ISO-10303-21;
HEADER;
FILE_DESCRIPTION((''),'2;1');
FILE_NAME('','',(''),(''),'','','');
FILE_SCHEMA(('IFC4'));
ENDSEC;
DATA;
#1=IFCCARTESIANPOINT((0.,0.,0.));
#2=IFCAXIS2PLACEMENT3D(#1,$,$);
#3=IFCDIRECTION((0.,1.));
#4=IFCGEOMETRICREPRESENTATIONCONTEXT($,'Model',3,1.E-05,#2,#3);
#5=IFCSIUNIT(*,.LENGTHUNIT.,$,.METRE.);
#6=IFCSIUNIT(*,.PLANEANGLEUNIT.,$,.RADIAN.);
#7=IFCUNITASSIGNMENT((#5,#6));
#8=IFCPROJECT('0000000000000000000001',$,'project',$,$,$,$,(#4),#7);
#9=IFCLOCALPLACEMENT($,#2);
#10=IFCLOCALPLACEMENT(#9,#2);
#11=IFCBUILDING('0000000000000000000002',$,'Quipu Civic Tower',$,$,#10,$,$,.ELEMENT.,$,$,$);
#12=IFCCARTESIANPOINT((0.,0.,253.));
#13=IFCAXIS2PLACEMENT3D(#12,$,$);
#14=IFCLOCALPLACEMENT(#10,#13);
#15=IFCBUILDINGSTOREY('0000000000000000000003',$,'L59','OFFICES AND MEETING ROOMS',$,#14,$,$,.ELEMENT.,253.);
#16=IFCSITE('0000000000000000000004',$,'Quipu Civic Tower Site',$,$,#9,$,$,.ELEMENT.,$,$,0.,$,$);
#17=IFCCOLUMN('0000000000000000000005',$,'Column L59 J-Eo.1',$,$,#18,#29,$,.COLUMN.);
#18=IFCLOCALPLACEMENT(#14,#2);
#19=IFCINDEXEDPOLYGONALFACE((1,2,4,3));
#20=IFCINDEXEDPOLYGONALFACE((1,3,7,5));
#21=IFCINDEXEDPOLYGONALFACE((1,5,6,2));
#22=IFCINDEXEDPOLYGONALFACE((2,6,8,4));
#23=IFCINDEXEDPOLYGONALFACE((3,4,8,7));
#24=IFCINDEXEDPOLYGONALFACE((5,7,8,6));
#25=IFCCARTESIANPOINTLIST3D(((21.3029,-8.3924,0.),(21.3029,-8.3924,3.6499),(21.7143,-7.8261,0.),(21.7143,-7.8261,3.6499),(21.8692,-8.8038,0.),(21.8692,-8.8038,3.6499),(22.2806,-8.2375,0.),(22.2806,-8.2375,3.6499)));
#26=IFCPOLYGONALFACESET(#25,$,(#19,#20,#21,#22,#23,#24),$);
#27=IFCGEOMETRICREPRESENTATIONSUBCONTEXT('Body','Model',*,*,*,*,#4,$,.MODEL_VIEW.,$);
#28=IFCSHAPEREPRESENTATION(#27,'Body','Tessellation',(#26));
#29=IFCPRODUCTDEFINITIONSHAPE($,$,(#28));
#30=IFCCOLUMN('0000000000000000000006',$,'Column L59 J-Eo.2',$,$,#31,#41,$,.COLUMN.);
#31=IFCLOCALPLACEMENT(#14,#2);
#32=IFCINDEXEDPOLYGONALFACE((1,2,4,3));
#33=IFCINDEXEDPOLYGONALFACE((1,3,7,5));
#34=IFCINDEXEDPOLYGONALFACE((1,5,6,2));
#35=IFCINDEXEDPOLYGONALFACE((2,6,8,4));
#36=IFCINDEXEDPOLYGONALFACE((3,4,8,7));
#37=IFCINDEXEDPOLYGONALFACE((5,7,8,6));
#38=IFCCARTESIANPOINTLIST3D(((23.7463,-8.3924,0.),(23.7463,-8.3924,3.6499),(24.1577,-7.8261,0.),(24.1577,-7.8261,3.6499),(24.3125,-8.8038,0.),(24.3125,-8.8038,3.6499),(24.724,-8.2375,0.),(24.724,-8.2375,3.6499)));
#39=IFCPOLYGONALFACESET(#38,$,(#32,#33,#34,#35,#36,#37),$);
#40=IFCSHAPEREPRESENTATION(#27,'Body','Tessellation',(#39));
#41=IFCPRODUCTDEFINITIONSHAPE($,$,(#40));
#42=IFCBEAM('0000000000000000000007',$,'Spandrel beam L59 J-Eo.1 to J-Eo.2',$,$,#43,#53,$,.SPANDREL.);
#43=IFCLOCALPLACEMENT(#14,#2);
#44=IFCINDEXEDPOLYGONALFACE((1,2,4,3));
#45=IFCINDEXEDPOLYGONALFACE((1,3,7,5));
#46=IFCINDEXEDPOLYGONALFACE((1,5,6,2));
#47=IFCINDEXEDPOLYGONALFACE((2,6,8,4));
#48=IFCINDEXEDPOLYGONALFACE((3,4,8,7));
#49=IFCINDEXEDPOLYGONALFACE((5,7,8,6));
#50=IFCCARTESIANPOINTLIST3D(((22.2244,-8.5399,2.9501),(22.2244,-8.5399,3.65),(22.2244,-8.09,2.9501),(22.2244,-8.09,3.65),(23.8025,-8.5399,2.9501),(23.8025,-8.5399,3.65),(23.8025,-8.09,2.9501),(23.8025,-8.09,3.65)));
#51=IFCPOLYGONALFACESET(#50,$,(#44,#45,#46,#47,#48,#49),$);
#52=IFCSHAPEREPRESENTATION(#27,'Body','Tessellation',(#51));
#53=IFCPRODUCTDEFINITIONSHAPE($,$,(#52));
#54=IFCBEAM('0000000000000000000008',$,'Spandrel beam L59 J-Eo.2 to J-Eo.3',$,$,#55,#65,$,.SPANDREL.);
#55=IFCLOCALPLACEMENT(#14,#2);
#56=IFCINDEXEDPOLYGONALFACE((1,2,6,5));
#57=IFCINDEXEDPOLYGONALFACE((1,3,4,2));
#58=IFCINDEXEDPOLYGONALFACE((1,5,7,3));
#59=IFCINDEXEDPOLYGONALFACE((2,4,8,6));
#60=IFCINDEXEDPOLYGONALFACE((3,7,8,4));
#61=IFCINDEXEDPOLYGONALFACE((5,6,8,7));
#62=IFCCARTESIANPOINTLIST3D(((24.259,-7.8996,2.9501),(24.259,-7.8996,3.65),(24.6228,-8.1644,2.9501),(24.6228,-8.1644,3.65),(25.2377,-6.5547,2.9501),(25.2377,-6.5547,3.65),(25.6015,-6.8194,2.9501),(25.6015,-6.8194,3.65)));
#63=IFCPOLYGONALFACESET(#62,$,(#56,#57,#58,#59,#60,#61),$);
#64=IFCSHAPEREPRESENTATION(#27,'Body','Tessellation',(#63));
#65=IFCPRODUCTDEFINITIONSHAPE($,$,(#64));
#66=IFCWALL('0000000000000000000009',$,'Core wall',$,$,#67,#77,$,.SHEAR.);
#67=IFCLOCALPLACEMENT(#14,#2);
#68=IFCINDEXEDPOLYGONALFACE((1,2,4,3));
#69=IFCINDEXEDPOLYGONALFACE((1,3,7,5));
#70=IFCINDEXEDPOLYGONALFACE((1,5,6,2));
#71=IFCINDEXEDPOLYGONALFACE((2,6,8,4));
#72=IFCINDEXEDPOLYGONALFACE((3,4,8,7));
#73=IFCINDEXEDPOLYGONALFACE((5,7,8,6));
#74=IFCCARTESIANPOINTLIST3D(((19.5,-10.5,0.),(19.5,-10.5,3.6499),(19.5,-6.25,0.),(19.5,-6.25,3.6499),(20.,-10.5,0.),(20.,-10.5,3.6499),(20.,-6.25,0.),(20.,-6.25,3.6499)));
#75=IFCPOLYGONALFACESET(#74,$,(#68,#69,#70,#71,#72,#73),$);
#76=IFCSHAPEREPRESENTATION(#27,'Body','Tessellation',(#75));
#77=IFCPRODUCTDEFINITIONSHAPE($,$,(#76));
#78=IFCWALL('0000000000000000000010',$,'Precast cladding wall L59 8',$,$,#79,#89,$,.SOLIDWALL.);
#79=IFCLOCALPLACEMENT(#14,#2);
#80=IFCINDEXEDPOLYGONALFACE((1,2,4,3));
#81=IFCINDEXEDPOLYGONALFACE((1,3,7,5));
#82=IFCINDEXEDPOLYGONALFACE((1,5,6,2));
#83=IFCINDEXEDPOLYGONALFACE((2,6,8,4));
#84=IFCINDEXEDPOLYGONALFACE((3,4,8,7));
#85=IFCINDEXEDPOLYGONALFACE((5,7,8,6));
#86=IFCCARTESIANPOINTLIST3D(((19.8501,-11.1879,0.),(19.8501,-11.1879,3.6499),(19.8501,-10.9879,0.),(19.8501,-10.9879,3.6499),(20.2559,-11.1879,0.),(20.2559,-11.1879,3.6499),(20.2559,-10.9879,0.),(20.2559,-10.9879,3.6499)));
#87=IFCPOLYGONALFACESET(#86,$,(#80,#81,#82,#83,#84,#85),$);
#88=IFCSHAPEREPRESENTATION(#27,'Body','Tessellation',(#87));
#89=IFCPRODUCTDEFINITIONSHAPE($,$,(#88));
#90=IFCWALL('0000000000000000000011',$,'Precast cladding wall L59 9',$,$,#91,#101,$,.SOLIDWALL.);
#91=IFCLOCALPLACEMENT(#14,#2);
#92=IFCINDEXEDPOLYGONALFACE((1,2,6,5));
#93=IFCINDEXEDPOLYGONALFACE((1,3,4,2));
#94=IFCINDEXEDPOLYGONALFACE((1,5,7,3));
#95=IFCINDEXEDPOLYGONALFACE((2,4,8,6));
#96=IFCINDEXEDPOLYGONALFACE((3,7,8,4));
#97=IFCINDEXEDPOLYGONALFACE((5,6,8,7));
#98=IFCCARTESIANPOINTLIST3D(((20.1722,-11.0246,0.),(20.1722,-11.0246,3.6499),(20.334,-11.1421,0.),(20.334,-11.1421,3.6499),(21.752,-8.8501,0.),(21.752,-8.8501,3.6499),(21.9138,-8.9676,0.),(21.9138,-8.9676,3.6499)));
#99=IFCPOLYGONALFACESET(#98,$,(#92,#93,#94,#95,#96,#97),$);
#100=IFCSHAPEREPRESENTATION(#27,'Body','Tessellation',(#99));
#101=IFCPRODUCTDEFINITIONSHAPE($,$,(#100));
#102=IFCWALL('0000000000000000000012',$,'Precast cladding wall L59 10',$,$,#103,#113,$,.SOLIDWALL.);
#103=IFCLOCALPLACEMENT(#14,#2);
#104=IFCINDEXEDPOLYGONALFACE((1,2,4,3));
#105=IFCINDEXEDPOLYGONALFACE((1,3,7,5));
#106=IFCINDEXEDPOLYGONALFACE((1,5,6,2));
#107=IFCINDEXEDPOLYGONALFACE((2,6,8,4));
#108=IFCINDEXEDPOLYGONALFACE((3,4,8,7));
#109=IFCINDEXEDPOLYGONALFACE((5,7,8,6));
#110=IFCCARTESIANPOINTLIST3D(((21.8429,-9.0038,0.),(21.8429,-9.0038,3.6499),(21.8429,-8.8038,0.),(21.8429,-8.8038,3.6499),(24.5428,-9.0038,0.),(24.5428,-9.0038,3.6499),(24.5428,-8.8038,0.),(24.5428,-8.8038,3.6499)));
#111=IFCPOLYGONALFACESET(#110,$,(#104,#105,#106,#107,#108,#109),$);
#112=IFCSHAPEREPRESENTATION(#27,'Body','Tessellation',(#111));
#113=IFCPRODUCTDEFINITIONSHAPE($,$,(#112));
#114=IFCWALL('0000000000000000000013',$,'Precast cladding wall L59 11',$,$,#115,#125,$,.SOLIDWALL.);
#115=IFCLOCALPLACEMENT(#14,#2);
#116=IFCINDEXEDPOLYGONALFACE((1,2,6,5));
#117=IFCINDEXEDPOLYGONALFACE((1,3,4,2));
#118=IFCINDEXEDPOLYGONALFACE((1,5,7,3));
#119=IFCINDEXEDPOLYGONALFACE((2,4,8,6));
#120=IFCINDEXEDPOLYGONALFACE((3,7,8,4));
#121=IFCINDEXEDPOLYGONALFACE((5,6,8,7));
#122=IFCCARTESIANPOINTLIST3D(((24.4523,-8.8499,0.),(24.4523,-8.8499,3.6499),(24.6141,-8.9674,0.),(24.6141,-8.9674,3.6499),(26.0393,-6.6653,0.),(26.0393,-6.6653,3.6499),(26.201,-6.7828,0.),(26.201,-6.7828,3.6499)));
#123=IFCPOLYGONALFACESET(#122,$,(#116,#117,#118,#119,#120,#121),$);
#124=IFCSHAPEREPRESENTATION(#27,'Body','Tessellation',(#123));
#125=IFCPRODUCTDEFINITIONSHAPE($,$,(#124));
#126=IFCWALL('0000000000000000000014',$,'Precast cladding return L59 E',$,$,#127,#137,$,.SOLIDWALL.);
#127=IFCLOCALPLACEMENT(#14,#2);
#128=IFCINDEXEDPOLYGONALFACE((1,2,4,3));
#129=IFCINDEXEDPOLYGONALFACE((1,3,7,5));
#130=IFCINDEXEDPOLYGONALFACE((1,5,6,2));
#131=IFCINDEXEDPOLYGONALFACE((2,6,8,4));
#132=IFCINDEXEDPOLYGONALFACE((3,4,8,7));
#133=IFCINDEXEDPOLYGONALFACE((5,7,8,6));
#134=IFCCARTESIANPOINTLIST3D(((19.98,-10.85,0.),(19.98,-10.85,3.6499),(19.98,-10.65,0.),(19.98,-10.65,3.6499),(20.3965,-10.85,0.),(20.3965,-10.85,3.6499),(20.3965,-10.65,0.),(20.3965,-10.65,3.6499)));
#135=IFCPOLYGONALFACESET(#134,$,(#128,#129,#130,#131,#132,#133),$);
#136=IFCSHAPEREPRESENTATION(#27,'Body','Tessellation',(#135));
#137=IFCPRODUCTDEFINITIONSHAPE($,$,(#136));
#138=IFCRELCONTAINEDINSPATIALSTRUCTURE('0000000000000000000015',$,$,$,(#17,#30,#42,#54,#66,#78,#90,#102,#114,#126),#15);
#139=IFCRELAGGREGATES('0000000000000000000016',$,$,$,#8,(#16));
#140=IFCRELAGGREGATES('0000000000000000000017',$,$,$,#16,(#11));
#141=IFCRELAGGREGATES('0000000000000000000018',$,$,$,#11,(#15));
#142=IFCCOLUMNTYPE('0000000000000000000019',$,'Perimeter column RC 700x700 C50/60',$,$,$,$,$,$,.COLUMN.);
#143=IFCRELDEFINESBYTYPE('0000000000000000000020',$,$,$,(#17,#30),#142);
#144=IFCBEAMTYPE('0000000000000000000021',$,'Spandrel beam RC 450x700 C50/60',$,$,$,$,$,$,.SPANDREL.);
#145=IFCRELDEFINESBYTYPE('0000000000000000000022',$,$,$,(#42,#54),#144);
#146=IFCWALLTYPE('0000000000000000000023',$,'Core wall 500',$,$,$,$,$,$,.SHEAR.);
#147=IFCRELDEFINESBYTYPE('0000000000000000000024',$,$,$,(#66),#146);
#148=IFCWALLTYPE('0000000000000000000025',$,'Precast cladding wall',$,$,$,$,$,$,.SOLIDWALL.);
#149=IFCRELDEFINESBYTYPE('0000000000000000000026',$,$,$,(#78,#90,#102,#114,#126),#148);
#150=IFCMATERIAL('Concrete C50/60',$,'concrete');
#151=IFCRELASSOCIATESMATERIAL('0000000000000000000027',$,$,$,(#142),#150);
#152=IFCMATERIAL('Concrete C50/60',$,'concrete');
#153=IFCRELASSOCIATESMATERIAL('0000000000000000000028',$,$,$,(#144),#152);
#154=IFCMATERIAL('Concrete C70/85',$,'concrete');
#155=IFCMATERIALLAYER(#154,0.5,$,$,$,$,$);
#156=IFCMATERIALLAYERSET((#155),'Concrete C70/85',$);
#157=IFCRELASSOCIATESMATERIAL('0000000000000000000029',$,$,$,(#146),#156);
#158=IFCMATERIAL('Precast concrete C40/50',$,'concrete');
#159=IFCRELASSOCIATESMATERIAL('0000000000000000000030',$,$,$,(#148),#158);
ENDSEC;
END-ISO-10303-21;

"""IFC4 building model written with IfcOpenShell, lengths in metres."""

from ifc_helpers import new_model, si_unit, direction, frame, frame_2d, origin, origin_2d, place, context, subcontext, project, spatial, rectangle, extrude, material, layer, layer_set, material_profile, profile_set, type_object, element, save


model = new_model("IFC4")

# Units and contexts
model_context = context("Model", 3, precision=1e-05, world=origin(), true_north=direction((0.0, 1.0)))
body_context = subcontext(model_context, "Body", "Model", "MODEL_VIEW")
ifc_project = project(units=[si_unit("LENGTHUNIT", "METRE"), si_unit("PLANEANGLEUNIT", "RADIAN")], contexts=[model_context])

# Site, building, storey
site_placement = place(None, origin())
site = spatial("IfcSite", under=ifc_project, at=site_placement, Name="Quipu Civic Tower Site", CompositionType="ELEMENT", RefElevation=0.0)
building_placement = place(site_placement, origin())
building = spatial("IfcBuilding", under=site, at=building_placement, Name="Quipu Civic Tower", CompositionType="ELEMENT")
storey_placement = place(building_placement, frame((0.0, 0.0, 253.0)))
storey = spatial("IfcBuildingStorey", under=building, at=storey_placement, Name="L59", Description="OFFICES AND MEETING ROOMS", CompositionType="ELEMENT", Elevation=253.0)

# Columns
ifc_material_1 = material(Name="Concrete C50/60", Category="concrete")
ifc_material_profile_1 = material_profile(ifc_material_1, rectangle(XDim=0.7, YDim=0.7, at=origin_2d()), Name="RC700x700")
ifc_profile_set_1 = profile_set([ifc_material_profile_1], Name="Concrete C50/60")
column_type = type_object("IfcColumnType", Name="Perimeter column RC 700x700 C50/60", PredefinedType="COLUMN", material=ifc_profile_set_1)
for number, where, z_axis, x_axis, name in (
    (1, (21.7917, -8.3149, 0.0), (0.0, 0.0, 1.0), (0.587785, 0.809017, 0.0), "Column L59 J-Eo.1"),
    (2, (24.2351, -8.3149, 0.0), (0.0, 0.0, 1.0), (0.587785, 0.809017, 0.0), "Column L59 J-Eo.2"),
):
    element("IfcColumn", number, at=place(storey_placement, frame(where, z_axis=z_axis, x_axis=x_axis)), inside=storey, type_object=column_type, Name=name, PredefinedType="COLUMN", context=body_context, shape_type="SweptSolid", body=[
        extrude(rectangle(XDim=0.7, YDim=0.7, at=origin_2d()), origin(), (0.0, 0.0, 1.0), 3.6499),
    ])

# Beams
ifc_material_2 = material(Name="Concrete C50/60", Category="concrete")
ifc_material_profile_2 = material_profile(ifc_material_2, rectangle(XDim=0.45, YDim=0.7, at=origin_2d()), Name="RC450x700")
ifc_profile_set_2 = profile_set([ifc_material_profile_2], Name="Concrete C50/60")
beam_type = type_object("IfcBeamType", Name="Spandrel beam RC 450x700 C50/60", PredefinedType="SPANDREL", material=ifc_profile_set_2)
beam_1_placement = place(storey_placement, frame((22.2244, -8.3149, 3.3), z_axis=(1.0, 0.0, 0.0), x_axis=(0.0, 1.0, 0.0)))
element("IfcBeam", 3, at=beam_1_placement, inside=storey, type_object=beam_type, Name="Spandrel beam L59 J-Eo.1 to J-Eo.2", PredefinedType="SPANDREL", context=body_context, shape_type="SweptSolid", body=[
    extrude(rectangle(XDim=0.45, YDim=0.7, at=origin_2d()), origin(), (0.0, 0.0, 1.0), 1.5781),
])
beam_2_placement = place(storey_placement, frame((24.4409, -8.032, 3.3), z_axis=(0.588407, 0.808565, 0.0), x_axis=(-0.808565, 0.588407, 0.0)))
element("IfcBeam", 4, at=beam_2_placement, inside=storey, type_object=beam_type, Name="Spandrel beam L59 J-Eo.2 to J-Eo.3", PredefinedType="SPANDREL", context=body_context, shape_type="SweptSolid", body=[
    extrude(rectangle(XDim=0.45, YDim=0.7, at=origin_2d()), origin(), (0.0, 0.0, 1.0), 1.6633),
])

# Walls
ifc_material_3 = material(Name="Concrete C70/85", Category="concrete")
ifc_layer = layer(ifc_material_3, 0.5)
ifc_layer_set = layer_set([ifc_layer], Name="Concrete C70/85")
wall_type_1 = type_object("IfcWallType", Name="Core wall 500", PredefinedType="SHEAR", material=ifc_layer_set)
wall_1_placement = place(storey_placement, frame((19.75, -10.5, 0.0), z_axis=(0.0, 0.0, 1.0), x_axis=(0.0, 1.0, 0.0)))
element("IfcWall", 5, at=wall_1_placement, inside=storey, type_object=wall_type_1, Name="Core wall", PredefinedType="SHEAR", context=body_context, shape_type="SweptSolid", body=[
    extrude(rectangle(XDim=4.25, YDim=0.5, at=frame_2d((2.125, 0.0))), origin(), (0.0, 0.0, 1.0), 3.6499),
])
ifc_material_4 = material(Name="Precast concrete C40/50", Category="concrete")
wall_type_2 = type_object("IfcWallType", Name="Precast cladding wall", PredefinedType="SOLIDWALL", material=ifc_material_4)
wall_2_placement = place(storey_placement, frame((19.8501, -11.0879, 0.0), z_axis=(0.0, 0.0, 1.0), x_axis=(1.0, 0.0, 0.0)))
element("IfcWall", 6, at=wall_2_placement, inside=storey, type_object=wall_type_2, Name="Precast cladding wall L59 8", PredefinedType="SOLIDWALL", context=body_context, shape_type="SweptSolid", body=[
    extrude(rectangle(XDim=0.4058, YDim=0.2, at=frame_2d((0.2029, 0.0))), origin(), (0.0, 0.0, 1.0), 3.6499),
])
wall_3_placement = place(storey_placement, frame((20.2532, -11.0833, 0.0), z_axis=(0.0, 0.0, 1.0), x_axis=(0.587767, 0.809031, 0.0)))
element("IfcWall", 7, at=wall_3_placement, inside=storey, type_object=wall_type_2, Name="Precast cladding wall L59 9", PredefinedType="SOLIDWALL", context=body_context, shape_type="SweptSolid", body=[
    extrude(rectangle(XDim=2.6877, YDim=0.2, at=frame_2d((1.3438, 0.0))), origin(), (0.0, 0.0, 1.0), 3.6499),
])
wall_4_placement = place(storey_placement, frame((21.8428, -8.9038, 0.0), z_axis=(0.0, 0.0, 1.0), x_axis=(1.0, 0.0, 0.0)))
element("IfcWall", 8, at=wall_4_placement, inside=storey, type_object=wall_type_2, Name="Precast cladding wall L59 10", PredefinedType="SOLIDWALL", context=body_context, shape_type="SweptSolid", body=[
    extrude(rectangle(XDim=2.7, YDim=0.2, at=frame_2d((1.3501, 0.0))), origin(), (0.0, 0.0, 1.0), 3.6499),
])
wall_5_placement = place(storey_placement, frame((24.5332, -8.9087, 0.0), z_axis=(0.0, 0.0, 1.0), x_axis=(0.58772, 0.809064, 0.0)))
element("IfcWall", 9, at=wall_5_placement, inside=storey, type_object=wall_type_2, Name="Precast cladding wall L59 11", PredefinedType="SOLIDWALL", context=body_context, shape_type="SweptSolid", body=[
    extrude(rectangle(XDim=2.7002, YDim=0.2, at=frame_2d((1.3501, 0.0))), origin(), (0.0, 0.0, 1.0), 3.6499),
])
wall_6_placement = place(storey_placement, frame((19.98, -10.75, 0.0), z_axis=(0.0, 0.0, 1.0), x_axis=(1.0, 0.0, 0.0)))
element("IfcWall", 10, at=wall_6_placement, inside=storey, type_object=wall_type_2, Name="Precast cladding return L59 E", PredefinedType="SOLIDWALL", context=body_context, shape_type="SweptSolid", body=[
    extrude(rectangle(XDim=0.4165, YDim=0.2, at=frame_2d((0.2083, 0.0))), origin(), (0.0, 0.0, 1.0), 3.6499),
])

save(model, "model.ifc")
